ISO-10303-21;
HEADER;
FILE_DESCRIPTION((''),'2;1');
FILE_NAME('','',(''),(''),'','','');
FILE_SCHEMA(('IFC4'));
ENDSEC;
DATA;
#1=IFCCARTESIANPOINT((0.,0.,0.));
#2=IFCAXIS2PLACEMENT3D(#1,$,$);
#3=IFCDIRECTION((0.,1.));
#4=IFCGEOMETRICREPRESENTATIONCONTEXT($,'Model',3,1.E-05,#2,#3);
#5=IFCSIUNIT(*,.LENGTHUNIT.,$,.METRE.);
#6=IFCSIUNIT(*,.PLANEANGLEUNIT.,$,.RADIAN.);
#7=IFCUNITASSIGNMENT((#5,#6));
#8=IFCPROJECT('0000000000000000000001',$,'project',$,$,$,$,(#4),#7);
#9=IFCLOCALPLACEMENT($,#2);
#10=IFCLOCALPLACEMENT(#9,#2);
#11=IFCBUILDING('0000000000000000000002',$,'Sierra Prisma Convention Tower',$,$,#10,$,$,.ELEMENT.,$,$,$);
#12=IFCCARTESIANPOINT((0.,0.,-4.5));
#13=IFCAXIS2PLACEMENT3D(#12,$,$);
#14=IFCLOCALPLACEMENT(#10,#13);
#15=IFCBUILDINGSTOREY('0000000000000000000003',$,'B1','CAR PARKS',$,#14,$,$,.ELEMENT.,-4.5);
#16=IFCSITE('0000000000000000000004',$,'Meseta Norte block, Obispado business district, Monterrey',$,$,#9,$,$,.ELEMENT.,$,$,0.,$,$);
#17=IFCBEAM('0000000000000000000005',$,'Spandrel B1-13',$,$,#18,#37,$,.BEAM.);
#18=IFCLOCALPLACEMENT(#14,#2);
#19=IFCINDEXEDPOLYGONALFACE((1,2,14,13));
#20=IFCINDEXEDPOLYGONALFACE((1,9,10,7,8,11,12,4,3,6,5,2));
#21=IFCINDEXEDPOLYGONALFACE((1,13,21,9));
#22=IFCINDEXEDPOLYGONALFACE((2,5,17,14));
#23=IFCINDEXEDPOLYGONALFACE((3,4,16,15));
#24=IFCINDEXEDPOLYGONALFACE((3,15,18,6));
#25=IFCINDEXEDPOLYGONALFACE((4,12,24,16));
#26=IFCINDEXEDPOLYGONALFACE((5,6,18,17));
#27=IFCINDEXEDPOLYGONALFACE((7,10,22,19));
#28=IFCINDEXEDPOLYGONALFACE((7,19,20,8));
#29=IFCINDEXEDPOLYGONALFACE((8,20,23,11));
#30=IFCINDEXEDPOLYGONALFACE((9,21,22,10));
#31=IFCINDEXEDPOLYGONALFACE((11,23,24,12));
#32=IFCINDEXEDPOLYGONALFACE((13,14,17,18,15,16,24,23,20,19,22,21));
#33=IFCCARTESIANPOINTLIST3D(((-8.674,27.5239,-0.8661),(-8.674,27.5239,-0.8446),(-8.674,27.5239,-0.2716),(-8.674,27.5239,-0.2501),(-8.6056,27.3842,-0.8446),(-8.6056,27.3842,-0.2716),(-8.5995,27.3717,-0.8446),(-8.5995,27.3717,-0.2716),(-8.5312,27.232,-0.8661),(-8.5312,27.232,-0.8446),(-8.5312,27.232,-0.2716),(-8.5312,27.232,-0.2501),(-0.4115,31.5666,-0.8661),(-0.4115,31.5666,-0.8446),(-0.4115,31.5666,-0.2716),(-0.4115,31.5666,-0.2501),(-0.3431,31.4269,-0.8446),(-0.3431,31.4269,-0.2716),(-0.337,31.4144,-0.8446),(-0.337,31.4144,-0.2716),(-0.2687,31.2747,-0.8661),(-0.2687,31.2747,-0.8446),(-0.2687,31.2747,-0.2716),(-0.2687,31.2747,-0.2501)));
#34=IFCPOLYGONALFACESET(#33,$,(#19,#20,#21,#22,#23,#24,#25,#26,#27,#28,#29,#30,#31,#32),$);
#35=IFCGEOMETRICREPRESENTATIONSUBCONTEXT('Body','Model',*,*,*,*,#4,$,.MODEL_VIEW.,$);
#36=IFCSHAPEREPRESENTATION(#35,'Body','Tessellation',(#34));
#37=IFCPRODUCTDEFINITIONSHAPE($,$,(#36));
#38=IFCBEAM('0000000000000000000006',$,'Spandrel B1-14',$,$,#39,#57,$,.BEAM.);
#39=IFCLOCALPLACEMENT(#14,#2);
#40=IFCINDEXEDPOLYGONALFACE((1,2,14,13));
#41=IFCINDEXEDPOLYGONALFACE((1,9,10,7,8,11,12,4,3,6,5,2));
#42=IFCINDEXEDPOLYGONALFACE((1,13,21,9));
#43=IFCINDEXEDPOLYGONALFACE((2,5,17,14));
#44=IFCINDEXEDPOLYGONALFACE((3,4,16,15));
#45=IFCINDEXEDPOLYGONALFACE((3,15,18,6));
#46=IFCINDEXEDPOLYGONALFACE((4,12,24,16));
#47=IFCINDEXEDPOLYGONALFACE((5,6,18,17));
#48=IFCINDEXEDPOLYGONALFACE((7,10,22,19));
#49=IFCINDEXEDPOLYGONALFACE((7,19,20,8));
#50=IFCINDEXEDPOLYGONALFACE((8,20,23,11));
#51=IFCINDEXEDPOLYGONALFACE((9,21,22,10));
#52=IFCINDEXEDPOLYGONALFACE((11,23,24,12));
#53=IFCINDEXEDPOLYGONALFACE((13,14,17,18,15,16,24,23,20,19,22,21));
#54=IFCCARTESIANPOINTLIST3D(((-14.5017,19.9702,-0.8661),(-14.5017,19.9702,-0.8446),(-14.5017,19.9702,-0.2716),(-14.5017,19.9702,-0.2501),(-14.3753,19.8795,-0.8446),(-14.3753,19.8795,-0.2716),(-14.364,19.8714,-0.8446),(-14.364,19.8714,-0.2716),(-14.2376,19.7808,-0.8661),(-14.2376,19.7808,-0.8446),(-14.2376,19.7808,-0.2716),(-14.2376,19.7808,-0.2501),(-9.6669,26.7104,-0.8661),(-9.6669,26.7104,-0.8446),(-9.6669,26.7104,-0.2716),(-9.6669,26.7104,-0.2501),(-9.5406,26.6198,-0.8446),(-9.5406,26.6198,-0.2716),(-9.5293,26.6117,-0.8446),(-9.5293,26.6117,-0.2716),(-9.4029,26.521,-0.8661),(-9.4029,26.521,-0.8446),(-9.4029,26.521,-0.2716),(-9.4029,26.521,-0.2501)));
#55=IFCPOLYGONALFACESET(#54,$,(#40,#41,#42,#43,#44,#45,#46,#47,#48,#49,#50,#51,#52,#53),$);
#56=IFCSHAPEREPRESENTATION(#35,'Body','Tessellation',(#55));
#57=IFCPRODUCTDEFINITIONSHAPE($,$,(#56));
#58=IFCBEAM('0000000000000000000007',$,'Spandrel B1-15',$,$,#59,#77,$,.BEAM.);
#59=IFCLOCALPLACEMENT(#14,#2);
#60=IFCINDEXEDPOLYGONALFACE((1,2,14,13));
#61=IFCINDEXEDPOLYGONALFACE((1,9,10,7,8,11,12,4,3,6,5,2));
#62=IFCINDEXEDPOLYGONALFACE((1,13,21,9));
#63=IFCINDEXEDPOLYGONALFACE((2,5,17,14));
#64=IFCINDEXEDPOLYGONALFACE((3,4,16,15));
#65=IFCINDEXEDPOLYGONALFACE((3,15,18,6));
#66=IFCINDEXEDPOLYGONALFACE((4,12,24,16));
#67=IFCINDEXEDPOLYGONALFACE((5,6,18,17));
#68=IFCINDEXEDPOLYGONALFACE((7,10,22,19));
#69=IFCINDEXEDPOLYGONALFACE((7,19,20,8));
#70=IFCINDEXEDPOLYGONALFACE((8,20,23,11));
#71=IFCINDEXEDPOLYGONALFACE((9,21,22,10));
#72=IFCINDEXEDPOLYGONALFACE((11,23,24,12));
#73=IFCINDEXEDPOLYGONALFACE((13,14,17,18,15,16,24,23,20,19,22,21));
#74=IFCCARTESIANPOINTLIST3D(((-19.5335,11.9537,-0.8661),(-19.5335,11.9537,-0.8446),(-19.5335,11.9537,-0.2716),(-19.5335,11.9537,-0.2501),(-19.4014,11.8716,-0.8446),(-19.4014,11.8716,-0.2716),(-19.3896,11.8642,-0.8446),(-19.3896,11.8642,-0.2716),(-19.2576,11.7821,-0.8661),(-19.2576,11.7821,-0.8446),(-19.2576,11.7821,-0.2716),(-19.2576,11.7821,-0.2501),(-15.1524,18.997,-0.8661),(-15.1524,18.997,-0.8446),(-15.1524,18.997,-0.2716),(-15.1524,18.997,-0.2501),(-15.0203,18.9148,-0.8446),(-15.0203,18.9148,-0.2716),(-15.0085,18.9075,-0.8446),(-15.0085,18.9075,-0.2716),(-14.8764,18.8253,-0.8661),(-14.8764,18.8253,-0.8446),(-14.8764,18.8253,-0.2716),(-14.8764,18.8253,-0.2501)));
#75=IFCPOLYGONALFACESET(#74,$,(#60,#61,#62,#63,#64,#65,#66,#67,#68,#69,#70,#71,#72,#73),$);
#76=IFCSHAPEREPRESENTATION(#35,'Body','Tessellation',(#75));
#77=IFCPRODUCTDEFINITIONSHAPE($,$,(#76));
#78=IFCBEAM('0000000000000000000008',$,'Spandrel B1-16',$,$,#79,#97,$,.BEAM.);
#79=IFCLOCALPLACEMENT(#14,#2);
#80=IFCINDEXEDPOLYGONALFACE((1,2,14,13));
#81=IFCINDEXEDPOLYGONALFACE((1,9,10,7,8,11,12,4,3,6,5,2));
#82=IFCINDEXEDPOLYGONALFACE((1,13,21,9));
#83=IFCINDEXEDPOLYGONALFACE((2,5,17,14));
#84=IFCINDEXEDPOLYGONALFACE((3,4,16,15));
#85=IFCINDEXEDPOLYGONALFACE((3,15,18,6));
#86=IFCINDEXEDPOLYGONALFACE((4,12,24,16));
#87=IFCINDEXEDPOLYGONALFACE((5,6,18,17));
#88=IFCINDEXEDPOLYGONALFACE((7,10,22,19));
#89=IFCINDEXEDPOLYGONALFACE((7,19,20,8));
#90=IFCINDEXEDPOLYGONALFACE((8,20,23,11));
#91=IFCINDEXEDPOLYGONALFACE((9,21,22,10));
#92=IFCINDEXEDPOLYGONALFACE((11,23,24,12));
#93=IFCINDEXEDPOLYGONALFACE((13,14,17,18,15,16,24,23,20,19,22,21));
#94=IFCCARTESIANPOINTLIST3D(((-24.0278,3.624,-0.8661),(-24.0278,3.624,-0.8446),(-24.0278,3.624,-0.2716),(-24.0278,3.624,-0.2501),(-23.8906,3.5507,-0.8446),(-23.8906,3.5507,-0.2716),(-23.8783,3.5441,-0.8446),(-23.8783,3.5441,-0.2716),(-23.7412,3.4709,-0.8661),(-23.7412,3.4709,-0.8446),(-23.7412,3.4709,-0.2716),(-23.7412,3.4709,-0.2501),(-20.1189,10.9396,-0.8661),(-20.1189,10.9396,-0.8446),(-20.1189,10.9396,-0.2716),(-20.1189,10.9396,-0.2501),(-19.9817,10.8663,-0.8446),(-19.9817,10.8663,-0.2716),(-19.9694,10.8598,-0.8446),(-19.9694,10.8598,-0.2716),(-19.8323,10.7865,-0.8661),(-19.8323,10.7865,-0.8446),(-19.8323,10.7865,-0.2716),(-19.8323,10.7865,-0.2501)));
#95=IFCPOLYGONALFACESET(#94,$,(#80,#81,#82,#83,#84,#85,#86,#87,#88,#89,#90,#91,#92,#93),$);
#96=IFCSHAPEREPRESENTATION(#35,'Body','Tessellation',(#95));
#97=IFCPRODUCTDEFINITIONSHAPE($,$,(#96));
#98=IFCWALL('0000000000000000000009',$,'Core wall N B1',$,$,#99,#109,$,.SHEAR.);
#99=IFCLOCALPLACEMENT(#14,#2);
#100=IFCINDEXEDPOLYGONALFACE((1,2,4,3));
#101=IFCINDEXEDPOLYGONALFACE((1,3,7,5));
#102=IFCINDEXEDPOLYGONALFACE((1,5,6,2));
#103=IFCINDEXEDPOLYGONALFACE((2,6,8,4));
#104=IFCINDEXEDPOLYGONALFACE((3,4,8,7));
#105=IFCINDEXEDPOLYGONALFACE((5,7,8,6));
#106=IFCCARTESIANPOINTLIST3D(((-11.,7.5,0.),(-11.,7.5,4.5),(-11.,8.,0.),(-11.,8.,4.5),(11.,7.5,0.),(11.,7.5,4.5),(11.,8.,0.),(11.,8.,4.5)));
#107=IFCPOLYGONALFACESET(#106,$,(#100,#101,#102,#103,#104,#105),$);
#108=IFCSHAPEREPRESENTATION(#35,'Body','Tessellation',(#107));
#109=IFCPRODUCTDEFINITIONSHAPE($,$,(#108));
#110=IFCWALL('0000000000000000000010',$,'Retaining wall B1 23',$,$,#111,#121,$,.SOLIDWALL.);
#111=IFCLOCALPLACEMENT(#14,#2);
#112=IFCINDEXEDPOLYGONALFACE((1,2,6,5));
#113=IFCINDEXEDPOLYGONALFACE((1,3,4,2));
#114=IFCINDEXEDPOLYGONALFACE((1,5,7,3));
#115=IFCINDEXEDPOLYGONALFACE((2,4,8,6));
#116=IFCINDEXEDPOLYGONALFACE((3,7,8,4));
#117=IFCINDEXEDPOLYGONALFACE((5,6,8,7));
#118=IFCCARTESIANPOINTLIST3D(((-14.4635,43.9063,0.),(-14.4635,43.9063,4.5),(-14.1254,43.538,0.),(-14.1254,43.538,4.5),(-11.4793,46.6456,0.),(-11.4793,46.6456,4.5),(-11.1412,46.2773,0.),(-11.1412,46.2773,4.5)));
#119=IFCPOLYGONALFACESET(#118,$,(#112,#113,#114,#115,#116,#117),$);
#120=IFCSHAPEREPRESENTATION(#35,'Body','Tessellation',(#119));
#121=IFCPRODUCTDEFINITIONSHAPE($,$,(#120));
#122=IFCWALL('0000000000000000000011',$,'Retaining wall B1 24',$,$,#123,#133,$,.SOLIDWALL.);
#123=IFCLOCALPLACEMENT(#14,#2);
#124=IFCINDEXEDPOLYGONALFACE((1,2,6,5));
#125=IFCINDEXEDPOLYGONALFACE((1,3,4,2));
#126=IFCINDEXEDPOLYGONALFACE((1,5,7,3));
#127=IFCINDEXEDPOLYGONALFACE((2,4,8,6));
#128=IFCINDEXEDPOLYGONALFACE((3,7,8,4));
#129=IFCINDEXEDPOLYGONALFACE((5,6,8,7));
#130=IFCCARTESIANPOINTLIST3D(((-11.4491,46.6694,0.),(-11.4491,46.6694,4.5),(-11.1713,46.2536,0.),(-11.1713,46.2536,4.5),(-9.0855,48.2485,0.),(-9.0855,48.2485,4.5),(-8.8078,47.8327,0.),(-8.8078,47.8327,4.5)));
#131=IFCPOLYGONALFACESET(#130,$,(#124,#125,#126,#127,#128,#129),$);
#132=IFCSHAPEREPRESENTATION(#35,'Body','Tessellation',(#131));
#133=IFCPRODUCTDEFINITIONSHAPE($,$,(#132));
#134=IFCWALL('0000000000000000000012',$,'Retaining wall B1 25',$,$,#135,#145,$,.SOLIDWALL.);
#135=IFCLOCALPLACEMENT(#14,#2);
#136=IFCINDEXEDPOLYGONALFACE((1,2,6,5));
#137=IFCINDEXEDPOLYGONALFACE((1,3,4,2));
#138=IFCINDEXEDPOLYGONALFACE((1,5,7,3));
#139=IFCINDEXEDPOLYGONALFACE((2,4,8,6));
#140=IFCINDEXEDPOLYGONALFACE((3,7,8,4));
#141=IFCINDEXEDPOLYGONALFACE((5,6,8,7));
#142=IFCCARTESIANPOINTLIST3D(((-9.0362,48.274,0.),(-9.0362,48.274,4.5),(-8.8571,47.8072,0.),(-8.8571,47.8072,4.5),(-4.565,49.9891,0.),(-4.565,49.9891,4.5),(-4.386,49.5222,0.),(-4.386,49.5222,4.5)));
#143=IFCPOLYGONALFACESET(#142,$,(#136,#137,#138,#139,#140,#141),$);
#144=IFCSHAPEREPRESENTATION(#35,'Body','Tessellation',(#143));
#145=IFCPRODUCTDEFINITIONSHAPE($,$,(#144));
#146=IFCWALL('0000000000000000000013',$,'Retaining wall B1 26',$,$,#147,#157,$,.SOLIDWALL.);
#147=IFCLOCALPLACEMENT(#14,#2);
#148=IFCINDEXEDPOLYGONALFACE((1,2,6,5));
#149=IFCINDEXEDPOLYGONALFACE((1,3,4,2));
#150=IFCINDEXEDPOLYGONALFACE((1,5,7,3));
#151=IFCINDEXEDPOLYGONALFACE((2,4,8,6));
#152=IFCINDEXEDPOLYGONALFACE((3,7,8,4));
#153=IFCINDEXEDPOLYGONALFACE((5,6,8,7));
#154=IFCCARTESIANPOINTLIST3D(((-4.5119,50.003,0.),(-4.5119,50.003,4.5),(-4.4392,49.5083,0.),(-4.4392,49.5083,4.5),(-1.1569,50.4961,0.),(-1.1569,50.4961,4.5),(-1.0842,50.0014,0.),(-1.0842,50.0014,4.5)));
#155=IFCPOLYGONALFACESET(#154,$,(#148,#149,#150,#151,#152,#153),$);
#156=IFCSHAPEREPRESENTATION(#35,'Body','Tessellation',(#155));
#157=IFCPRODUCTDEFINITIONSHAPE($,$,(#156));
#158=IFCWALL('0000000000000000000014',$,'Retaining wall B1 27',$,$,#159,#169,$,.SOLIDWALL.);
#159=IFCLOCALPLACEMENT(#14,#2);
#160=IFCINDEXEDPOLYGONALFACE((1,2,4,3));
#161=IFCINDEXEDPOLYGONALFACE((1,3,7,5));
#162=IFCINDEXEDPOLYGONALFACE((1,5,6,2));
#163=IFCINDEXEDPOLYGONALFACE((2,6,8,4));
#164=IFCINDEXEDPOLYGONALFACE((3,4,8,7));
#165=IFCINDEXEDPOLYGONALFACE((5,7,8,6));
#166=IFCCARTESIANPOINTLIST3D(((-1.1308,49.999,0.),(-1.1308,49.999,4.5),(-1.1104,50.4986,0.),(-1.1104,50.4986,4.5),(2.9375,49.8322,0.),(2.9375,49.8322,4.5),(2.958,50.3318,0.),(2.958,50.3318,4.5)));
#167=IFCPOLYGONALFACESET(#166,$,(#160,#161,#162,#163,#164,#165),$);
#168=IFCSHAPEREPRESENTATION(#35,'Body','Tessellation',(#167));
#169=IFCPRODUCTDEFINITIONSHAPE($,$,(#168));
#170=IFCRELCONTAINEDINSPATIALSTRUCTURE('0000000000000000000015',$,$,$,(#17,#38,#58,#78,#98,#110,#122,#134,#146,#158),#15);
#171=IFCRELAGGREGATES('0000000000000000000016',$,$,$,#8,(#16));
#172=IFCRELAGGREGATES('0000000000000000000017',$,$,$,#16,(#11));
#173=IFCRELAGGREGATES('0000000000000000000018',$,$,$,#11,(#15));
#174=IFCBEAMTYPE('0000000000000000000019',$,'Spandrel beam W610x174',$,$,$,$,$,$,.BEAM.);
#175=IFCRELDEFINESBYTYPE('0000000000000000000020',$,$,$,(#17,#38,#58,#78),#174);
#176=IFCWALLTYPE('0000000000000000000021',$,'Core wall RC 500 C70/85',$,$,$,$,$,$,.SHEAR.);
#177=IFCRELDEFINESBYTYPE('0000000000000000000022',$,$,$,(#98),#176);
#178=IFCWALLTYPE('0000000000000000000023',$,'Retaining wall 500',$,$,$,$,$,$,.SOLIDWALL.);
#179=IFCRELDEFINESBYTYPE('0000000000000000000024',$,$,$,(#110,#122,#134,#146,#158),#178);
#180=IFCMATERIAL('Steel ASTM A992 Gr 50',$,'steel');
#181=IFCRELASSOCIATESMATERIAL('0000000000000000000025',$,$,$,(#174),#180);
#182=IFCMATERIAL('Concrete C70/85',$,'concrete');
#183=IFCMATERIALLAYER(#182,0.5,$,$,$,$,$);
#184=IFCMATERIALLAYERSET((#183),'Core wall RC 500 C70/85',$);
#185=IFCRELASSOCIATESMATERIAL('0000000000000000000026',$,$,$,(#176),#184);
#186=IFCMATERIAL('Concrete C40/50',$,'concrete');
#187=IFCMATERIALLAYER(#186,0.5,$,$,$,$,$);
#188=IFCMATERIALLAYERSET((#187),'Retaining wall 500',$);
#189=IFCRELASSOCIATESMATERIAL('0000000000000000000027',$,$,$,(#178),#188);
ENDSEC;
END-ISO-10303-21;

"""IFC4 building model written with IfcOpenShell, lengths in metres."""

from ifc_helpers import new_model, si_unit, direction, frame, frame_2d, origin, origin_2d, place, context, subcontext, project, spatial, rectangle, i_section, extrude, material, layer, layer_set, material_profile, profile_set, type_object, element, save


model = new_model("IFC4")

# Units and contexts
model_context = context("Model", 3, precision=1e-05, world=origin(), true_north=direction((0.0, 1.0)))
body_context = subcontext(model_context, "Body", "Model", "MODEL_VIEW")
ifc_project = project(units=[si_unit("LENGTHUNIT", "METRE"), si_unit("PLANEANGLEUNIT", "RADIAN")], contexts=[model_context])

# Site, building, storey
site_placement = place(None, origin())
site = spatial("IfcSite", under=ifc_project, at=site_placement, Name="Meseta Norte block, Obispado business district, Monterrey", CompositionType="ELEMENT", RefElevation=0.0)
building_placement = place(site_placement, origin())
building = spatial("IfcBuilding", under=site, at=building_placement, Name="Sierra Prisma Convention Tower", CompositionType="ELEMENT")
storey_placement = place(building_placement, frame((0.0, 0.0, -4.5)))
storey = spatial("IfcBuildingStorey", under=building, at=storey_placement, Name="B1", Description="CAR PARKS", CompositionType="ELEMENT", Elevation=-4.5)

# Beams
ifc_material_1 = material(Name="Steel ASTM A992 Gr 50", Category="steel")
ifc_material_profile_1 = material_profile(ifc_material_1, i_section(OverallWidth=0.325, OverallDepth=0.616, WebThickness=0.0139, FlangeThickness=0.0215, at=origin_2d()), Name="W610x174")
ifc_profile_set_1 = profile_set([ifc_material_profile_1], Name="Steel ASTM A992 Gr 50")
beam_type_1 = type_object("IfcBeamType", Name="Spandrel beam W610x174", PredefinedType="BEAM", material=ifc_profile_set_1)
beam_1_placement = place(storey_placement, frame((-0.3401, 31.4207, -0.5581), z_axis=(-0.898243, -0.4395, 0.0), x_axis=(0.4395, -0.898243, 0.0)))
element("IfcBeam", 1, at=beam_1_placement, inside=storey, type_object=beam_type_1, Name="Spandrel B1-13", PredefinedType="BEAM", context=body_context, shape_type="SweptSolid", body=[
    extrude(i_section(OverallWidth=0.325, OverallDepth=0.616, WebThickness=0.0139, FlangeThickness=0.0215, at=origin_2d()), origin(), (0.0, 0.0, 1.0), 9.1985),
])
beam_2_placement = place(storey_placement, frame((-9.5349, 26.6157, -0.5581), z_axis=(-0.582855, -0.812576, 0.0), x_axis=(0.812576, -0.582855, 0.0)))
element("IfcBeam", 2, at=beam_2_placement, inside=storey, type_object=beam_type_1, Name="Spandrel B1-14", PredefinedType="BEAM", context=body_context, shape_type="SweptSolid", body=[
    extrude(i_section(OverallWidth=0.325, OverallDepth=0.616, WebThickness=0.0139, FlangeThickness=0.0215, at=origin_2d()), origin(), (0.0, 0.0, 1.0), 8.2949),
])
beam_3_placement = place(storey_placement, frame((-15.0144, 18.9111, -0.5581), z_axis=(-0.528185, -0.849129, 0.0), x_axis=(0.849129, -0.528185, 0.0)))
element("IfcBeam", 3, at=beam_3_placement, inside=storey, type_object=beam_type_1, Name="Spandrel B1-15", PredefinedType="BEAM", context=body_context, shape_type="SweptSolid", body=[
    extrude(i_section(OverallWidth=0.325, OverallDepth=0.616, WebThickness=0.0139, FlangeThickness=0.0215, at=origin_2d()), origin(), (0.0, 0.0, 1.0), 8.2947),
])
beam_4_placement = place(storey_placement, frame((-19.9756, 10.863, -0.5581), z_axis=(-0.471268, -0.88199, 0.0), x_axis=(0.88199, -0.471268, 0.0)))
element("IfcBeam", 4, at=beam_4_placement, inside=storey, type_object=beam_type_1, Name="Spandrel B1-16", PredefinedType="BEAM", context=body_context, shape_type="SweptSolid", body=[
    extrude(i_section(OverallWidth=0.325, OverallDepth=0.616, WebThickness=0.0139, FlangeThickness=0.0215, at=origin_2d()), origin(), (0.0, 0.0, 1.0), 8.2944),
])

# Walls
ifc_material_2 = material(Name="Concrete C70/85", Category="concrete")
ifc_layer_1 = layer(ifc_material_2, 0.5)
ifc_layer_set_1 = layer_set([ifc_layer_1], Name="Core wall RC 500 C70/85")
wall_type_1 = type_object("IfcWallType", Name="Core wall RC 500 C70/85", PredefinedType="SHEAR", material=ifc_layer_set_1)
wall_1_placement = place(storey_placement, frame((-11.0, 7.75, 0.0), z_axis=(0.0, 0.0, 1.0), x_axis=(1.0, 0.0, 0.0)))
element("IfcWall", 5, at=wall_1_placement, inside=storey, type_object=wall_type_1, Name="Core wall N B1", PredefinedType="SHEAR", context=body_context, shape_type="SweptSolid", body=[
    extrude(rectangle(XDim=22.0, YDim=0.5, at=frame_2d((11.0, 0.0))), origin(), (0.0, 0.0, 1.0), 4.5),
])
ifc_material_3 = material(Name="Concrete C40/50", Category="concrete")
ifc_layer_2 = layer(ifc_material_3, 0.5)
ifc_layer_set_2 = layer_set([ifc_layer_2], Name="Retaining wall 500")
wall_type_2 = type_object("IfcWallType", Name="Retaining wall 500", PredefinedType="SOLIDWALL", material=ifc_layer_set_2)
wall_2_placement = place(storey_placement, frame((-14.2944, 43.7222, 0.0), z_axis=(0.0, 0.0, 1.0), x_axis=(0.736686, 0.676235, 0.0)))
element("IfcWall", 6, at=wall_2_placement, inside=storey, type_object=wall_type_2, Name="Retaining wall B1 23", PredefinedType="SOLIDWALL", context=body_context, shape_type="SweptSolid", body=[
    extrude(rectangle(XDim=4.0508, YDim=0.5, at=frame_2d((2.0254, 0.0))), origin(), (0.0, 0.0, 1.0), 4.5),
])
wall_3_placement = place(storey_placement, frame((-11.3103, 46.4614, 0.0), z_axis=(0.0, 0.0, 1.0), x_axis=(0.831495, 0.555532, 0.0)))
element("IfcWall", 7, at=wall_3_placement, inside=storey, type_object=wall_type_2, Name="Retaining wall B1 24", PredefinedType="SOLIDWALL", context=body_context, shape_type="SweptSolid", body=[
    extrude(rectangle(XDim=2.8425, YDim=0.5, at=frame_2d((1.4214, 0.0))), origin(), (0.0, 0.0, 1.0), 4.5),
])
wall_4_placement = place(storey_placement, frame((-8.9468, 48.0405, 0.0), z_axis=(0.0, 0.0, 1.0), x_axis=(0.933667, 0.358142, 0.0)))
element("IfcWall", 8, at=wall_4_placement, inside=storey, type_object=wall_type_2, Name="Retaining wall B1 25", PredefinedType="SOLIDWALL", context=body_context, shape_type="SweptSolid", body=[
    extrude(rectangle(XDim=4.7888, YDim=0.5, at=frame_2d((2.3945, 0.0))), origin(), (0.0, 0.0, 1.0), 4.5),
])
wall_5_placement = place(storey_placement, frame((-4.4756, 49.7556, 0.0), z_axis=(0.0, 0.0, 1.0), x_axis=(0.989368, 0.145432, 0.0)))
element("IfcWall", 9, at=wall_5_placement, inside=storey, type_object=wall_type_2, Name="Retaining wall B1 26", PredefinedType="SOLIDWALL", context=body_context, shape_type="SweptSolid", body=[
    extrude(rectangle(XDim=3.3911, YDim=0.5, at=frame_2d((1.6956, 0.0))), origin(), (0.0, 0.0, 1.0), 4.5),
])
wall_6_placement = place(storey_placement, frame((-1.1206, 50.2488, 0.0), z_axis=(0.0, 0.0, 1.0), x_axis=(0.999161, -0.040952, 0.0)))
element("IfcWall", 10, at=wall_6_placement, inside=storey, type_object=wall_type_2, Name="Retaining wall B1 27", PredefinedType="SOLIDWALL", context=body_context, shape_type="SweptSolid", body=[
    extrude(rectangle(XDim=4.0718, YDim=0.5, at=frame_2d((2.0359, 0.0))), origin(), (0.0, 0.0, 1.0), 4.5),
])

save(model, "model.ifc")
